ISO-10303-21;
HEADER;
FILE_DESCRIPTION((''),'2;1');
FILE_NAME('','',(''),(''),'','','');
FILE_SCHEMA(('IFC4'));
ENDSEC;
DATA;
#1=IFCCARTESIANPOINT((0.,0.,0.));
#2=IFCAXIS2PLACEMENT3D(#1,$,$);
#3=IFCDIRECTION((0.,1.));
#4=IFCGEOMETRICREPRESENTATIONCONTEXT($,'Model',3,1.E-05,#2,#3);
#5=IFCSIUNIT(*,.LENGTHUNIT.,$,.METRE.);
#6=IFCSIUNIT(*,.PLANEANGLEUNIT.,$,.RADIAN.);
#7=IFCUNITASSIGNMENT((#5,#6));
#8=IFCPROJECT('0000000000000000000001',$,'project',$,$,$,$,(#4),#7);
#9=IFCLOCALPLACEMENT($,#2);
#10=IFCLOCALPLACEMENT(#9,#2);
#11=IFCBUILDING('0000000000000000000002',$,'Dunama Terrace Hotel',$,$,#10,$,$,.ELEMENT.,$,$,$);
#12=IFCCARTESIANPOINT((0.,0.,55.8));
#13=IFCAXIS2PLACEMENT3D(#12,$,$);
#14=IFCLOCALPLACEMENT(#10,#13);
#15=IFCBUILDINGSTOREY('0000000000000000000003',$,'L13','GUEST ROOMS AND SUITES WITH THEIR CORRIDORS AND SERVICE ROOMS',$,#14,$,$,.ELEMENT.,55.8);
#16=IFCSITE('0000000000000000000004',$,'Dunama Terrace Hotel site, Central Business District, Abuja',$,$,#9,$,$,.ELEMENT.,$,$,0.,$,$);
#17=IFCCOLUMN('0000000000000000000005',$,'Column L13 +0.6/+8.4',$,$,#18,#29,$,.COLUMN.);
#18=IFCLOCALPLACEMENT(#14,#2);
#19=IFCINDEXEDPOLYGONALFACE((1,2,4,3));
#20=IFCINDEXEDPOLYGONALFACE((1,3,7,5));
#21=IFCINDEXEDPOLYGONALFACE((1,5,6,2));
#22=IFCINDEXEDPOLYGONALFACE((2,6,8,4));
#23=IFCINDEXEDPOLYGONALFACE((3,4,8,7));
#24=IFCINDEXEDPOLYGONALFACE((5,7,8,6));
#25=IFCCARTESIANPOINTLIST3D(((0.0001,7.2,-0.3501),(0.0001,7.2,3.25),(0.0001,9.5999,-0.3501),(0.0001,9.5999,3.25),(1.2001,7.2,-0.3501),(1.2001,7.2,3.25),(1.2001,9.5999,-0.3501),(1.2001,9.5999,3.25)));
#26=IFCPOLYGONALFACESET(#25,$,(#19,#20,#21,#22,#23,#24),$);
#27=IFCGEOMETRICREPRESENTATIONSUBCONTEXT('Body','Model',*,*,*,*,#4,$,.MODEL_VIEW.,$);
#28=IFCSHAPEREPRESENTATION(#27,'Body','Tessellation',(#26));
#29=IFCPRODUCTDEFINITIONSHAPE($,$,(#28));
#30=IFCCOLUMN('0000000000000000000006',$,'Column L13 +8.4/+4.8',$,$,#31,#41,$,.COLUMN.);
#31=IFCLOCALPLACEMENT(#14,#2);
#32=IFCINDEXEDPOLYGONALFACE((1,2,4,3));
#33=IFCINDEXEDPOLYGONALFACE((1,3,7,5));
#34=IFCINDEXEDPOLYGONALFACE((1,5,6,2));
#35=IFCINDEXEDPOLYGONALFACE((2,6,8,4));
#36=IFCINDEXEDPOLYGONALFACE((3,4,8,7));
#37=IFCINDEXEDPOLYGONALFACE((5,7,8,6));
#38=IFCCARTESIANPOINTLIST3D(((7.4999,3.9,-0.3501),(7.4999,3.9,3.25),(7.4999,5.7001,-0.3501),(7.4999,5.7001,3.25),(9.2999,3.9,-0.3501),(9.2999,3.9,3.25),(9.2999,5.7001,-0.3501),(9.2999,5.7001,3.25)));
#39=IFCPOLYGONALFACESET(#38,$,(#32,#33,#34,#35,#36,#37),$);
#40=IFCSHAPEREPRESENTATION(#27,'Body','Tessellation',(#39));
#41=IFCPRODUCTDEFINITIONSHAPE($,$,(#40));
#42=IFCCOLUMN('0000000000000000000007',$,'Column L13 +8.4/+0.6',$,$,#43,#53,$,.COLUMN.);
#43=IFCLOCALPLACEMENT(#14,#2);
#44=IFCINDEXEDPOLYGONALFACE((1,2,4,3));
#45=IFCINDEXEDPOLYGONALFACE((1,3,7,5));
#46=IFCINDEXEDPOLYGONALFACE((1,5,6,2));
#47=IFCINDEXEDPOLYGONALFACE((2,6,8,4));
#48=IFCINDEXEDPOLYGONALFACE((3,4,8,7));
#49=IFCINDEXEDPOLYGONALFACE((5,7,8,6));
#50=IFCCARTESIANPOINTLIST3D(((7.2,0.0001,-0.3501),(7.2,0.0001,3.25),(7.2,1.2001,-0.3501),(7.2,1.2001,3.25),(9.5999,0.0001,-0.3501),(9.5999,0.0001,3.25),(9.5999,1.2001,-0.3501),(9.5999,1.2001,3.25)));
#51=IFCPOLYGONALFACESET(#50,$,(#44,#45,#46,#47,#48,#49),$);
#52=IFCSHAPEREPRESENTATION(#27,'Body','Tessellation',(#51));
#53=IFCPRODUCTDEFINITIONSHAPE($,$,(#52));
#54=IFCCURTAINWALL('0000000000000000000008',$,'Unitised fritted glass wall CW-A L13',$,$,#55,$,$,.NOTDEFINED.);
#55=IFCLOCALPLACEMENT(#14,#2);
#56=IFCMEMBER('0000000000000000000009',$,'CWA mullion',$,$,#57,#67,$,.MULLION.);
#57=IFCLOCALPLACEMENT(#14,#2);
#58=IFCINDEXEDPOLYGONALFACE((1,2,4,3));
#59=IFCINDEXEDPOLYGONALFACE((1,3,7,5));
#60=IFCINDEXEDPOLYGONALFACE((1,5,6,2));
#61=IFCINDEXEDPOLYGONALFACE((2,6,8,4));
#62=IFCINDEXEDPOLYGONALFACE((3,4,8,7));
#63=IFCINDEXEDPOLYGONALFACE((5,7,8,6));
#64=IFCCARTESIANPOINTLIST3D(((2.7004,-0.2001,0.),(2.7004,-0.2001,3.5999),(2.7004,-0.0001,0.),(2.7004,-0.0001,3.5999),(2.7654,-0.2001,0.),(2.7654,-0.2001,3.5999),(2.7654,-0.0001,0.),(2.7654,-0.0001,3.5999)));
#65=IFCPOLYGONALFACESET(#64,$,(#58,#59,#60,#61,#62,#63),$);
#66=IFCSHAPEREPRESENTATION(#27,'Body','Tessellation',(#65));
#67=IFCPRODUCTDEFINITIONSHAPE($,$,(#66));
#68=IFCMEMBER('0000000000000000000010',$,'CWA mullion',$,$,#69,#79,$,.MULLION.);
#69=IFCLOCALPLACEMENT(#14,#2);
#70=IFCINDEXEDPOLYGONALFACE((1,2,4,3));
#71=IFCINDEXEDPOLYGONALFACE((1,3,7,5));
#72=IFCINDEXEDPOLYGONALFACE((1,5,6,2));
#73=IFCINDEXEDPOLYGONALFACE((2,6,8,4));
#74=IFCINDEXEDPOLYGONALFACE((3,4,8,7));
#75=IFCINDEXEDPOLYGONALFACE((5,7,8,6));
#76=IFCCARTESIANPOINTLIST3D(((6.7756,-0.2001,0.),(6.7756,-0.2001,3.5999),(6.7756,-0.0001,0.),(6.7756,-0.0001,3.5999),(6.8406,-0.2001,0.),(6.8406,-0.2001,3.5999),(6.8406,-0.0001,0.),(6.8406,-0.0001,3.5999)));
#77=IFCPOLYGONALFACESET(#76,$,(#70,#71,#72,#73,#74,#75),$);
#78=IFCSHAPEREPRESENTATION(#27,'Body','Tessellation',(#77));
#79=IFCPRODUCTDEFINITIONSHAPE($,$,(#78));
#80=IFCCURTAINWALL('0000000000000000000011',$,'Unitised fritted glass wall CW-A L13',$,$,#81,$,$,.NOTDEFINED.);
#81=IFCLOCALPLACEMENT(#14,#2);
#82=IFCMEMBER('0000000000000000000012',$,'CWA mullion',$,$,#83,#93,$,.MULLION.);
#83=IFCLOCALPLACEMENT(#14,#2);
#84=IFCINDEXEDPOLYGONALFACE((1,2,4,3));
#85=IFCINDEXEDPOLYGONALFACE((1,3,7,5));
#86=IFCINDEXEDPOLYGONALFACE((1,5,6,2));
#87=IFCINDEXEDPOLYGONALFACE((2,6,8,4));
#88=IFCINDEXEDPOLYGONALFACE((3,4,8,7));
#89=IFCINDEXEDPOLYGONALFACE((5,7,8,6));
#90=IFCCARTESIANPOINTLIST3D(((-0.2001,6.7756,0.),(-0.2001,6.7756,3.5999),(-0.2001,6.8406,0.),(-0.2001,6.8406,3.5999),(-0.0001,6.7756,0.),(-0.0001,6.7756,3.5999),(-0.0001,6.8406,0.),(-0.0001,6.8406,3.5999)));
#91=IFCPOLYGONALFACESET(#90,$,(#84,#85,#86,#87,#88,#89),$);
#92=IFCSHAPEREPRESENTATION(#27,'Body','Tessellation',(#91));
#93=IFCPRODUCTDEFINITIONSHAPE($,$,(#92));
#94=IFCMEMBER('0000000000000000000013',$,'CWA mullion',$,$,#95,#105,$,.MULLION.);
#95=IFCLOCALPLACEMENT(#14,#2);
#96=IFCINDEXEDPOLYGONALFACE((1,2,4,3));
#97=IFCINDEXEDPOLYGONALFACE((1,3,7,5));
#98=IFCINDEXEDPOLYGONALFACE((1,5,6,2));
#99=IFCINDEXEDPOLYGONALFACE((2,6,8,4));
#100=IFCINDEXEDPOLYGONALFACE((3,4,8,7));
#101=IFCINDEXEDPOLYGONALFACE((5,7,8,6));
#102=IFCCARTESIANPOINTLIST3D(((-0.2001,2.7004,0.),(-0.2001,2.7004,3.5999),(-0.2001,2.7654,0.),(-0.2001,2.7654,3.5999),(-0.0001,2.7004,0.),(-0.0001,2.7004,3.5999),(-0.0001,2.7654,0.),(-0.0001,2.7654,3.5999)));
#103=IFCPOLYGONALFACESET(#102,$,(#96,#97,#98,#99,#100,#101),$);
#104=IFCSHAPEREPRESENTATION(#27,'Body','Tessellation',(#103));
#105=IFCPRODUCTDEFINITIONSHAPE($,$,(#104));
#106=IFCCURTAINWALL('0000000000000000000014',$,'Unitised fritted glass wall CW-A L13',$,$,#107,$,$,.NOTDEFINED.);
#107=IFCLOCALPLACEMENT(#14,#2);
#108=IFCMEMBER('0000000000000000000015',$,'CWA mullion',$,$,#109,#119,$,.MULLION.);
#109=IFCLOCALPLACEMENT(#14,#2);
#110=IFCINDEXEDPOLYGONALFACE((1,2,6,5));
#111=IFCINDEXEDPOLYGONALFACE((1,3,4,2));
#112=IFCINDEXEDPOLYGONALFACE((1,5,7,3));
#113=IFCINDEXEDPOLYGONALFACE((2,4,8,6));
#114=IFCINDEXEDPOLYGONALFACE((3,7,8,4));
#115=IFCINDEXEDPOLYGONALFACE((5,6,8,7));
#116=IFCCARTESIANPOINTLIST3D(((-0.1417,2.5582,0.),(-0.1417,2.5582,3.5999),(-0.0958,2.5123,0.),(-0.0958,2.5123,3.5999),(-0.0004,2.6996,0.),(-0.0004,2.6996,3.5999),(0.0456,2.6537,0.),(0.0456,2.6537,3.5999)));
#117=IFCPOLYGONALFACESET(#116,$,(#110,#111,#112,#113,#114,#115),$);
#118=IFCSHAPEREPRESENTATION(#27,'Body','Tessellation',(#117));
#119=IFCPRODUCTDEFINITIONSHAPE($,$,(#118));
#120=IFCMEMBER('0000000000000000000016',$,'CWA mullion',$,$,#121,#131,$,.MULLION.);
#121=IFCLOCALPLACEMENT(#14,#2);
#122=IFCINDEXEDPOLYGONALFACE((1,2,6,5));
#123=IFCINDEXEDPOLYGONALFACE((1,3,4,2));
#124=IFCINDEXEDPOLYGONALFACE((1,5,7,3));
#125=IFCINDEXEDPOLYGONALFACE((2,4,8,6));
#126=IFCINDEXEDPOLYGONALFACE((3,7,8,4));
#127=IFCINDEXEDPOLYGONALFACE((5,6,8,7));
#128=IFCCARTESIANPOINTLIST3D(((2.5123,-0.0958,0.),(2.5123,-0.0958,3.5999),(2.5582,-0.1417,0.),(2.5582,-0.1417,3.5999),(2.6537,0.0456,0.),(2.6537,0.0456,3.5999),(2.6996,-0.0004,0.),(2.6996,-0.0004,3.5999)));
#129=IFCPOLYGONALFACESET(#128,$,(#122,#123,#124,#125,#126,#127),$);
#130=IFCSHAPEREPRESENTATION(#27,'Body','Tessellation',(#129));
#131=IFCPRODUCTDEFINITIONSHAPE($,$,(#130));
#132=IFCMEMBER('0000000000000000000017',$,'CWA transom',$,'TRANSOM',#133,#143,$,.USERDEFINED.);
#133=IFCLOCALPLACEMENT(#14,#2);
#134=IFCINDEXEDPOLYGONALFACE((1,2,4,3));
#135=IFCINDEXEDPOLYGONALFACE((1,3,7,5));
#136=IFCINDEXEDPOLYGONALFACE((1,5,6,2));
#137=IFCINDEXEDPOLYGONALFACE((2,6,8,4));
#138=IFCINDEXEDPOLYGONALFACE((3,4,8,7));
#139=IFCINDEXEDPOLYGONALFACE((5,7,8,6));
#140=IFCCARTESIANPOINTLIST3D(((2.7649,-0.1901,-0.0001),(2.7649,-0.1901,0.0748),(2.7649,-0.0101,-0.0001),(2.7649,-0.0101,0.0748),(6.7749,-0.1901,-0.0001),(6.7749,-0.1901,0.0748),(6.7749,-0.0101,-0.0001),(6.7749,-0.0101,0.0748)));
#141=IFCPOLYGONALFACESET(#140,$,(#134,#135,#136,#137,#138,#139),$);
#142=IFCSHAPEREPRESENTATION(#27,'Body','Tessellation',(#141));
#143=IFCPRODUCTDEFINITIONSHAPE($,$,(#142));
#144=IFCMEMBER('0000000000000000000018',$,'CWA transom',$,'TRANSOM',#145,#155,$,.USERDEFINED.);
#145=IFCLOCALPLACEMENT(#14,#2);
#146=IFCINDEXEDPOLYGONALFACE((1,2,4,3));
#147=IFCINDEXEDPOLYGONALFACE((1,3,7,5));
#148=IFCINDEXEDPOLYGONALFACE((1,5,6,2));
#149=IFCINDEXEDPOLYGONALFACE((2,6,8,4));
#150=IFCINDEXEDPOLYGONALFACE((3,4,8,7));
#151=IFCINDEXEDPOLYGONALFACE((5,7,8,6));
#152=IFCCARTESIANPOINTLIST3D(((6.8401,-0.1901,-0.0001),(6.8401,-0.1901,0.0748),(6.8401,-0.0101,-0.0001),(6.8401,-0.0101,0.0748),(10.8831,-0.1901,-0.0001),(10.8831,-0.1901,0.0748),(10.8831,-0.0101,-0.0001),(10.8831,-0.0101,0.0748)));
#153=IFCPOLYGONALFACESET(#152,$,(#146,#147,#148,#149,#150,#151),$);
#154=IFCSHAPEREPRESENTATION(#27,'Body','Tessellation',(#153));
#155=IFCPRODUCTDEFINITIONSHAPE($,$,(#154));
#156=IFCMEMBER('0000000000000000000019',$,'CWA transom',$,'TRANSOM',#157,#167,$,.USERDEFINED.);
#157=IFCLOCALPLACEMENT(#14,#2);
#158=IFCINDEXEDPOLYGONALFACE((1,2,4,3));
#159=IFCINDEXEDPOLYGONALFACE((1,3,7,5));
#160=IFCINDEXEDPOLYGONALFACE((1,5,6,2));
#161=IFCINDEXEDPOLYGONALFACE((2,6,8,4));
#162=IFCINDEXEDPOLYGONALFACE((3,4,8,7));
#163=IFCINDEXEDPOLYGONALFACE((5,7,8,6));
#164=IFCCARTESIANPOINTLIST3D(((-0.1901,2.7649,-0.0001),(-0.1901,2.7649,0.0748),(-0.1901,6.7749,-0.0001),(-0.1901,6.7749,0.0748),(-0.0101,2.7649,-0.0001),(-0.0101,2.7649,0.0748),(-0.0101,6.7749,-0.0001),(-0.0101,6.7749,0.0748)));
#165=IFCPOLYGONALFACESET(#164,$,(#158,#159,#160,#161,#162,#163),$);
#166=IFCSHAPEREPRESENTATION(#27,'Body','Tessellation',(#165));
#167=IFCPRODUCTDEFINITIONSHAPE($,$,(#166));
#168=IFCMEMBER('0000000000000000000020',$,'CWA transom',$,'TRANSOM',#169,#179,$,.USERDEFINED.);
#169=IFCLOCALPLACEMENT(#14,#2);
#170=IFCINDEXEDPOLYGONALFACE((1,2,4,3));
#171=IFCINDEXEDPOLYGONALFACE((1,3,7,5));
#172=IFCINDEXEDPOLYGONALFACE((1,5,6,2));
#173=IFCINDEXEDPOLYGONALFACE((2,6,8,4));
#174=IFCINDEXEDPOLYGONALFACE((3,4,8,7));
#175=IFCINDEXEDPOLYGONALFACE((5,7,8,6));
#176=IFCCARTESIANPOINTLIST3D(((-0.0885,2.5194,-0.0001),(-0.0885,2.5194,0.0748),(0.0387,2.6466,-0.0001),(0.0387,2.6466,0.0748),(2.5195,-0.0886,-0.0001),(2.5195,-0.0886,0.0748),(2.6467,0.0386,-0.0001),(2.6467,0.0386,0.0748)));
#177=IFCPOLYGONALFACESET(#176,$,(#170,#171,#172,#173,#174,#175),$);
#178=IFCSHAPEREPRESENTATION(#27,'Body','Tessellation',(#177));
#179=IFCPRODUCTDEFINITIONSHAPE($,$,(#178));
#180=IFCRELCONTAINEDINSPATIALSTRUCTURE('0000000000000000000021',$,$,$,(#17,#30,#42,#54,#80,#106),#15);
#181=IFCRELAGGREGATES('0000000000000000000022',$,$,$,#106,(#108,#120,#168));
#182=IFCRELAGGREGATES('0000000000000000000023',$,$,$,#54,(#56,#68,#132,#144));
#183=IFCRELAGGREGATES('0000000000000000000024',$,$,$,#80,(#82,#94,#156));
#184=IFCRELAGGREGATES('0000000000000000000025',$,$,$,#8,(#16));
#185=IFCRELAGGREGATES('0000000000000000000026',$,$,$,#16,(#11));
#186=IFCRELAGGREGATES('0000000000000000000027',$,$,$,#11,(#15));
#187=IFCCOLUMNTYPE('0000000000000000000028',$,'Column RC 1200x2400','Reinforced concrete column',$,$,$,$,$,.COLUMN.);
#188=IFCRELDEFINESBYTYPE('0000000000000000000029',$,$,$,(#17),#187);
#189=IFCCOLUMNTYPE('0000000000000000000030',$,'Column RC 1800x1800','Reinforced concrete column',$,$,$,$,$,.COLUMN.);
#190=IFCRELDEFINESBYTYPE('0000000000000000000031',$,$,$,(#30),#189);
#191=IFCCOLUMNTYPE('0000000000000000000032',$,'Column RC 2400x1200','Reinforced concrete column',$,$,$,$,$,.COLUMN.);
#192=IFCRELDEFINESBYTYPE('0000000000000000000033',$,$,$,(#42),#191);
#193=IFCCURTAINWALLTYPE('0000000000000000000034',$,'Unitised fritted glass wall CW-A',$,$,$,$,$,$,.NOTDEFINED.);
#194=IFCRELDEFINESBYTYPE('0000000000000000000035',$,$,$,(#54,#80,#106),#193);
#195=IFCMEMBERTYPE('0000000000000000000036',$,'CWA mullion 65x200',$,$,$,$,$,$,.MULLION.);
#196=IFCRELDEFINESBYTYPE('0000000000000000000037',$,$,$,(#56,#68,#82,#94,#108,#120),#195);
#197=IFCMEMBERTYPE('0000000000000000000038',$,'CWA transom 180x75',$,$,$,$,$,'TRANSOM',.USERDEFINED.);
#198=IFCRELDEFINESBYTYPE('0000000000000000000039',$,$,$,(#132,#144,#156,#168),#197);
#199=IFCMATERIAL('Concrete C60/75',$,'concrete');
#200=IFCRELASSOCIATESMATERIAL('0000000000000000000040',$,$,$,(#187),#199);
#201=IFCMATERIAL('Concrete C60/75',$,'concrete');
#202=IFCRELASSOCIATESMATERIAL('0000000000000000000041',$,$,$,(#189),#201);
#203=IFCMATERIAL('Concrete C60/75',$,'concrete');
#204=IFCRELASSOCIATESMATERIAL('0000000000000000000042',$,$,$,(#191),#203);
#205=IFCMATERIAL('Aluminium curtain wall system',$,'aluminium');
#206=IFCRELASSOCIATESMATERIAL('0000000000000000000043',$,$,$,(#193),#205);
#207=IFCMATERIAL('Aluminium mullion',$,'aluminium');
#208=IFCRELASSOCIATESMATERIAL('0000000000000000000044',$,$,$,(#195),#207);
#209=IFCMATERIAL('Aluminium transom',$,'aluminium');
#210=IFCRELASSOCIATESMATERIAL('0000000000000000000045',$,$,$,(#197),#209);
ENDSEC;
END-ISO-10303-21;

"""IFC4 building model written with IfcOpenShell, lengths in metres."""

from ifc_helpers import new_model, si_unit, direction, frame, origin, origin_2d, place, context, subcontext, project, spatial, rectangle, extrude, material, material_profile, profile_set, type_object, element, aggregate, save


model = new_model("IFC4")

# Units and contexts
model_context = context("Model", 3, precision=1e-05, world=origin(), true_north=direction((0.0, 1.0)))
body_context = subcontext(model_context, "Body", "Model", "MODEL_VIEW")
ifc_project = project(units=[si_unit("LENGTHUNIT", "METRE"), si_unit("PLANEANGLEUNIT", "RADIAN")], contexts=[model_context])

# Site, building, storey
site_placement = place(None, origin())
site = spatial("IfcSite", under=ifc_project, at=site_placement, Name="Dunama Terrace Hotel site, Central Business District, Abuja", CompositionType="ELEMENT", RefElevation=0.0)
building_placement = place(site_placement, origin())
building = spatial("IfcBuilding", under=site, at=building_placement, Name="Dunama Terrace Hotel", CompositionType="ELEMENT")
storey_placement = place(building_placement, frame((0.0, 0.0, 55.8)))
storey = spatial("IfcBuildingStorey", under=building, at=storey_placement, Name="L13", Description="GUEST ROOMS AND SUITES WITH THEIR CORRIDORS AND SERVICE ROOMS", CompositionType="ELEMENT", Elevation=55.8)

# Columns
ifc_material_1 = material(Name="Concrete C60/75", Category="concrete")
ifc_material_profile_1 = material_profile(ifc_material_1, rectangle(XDim=1.2, YDim=2.3999, at=origin_2d()), Name="RC 1200x2400")
ifc_profile_set_1 = profile_set([ifc_material_profile_1], Name="Concrete C60/75")
column_type_1 = type_object("IfcColumnType", Name="Column RC 1200x2400", Description="Reinforced concrete column", PredefinedType="COLUMN", material=ifc_profile_set_1)
column_1_placement = place(storey_placement, frame((0.6001, 8.3999, -0.3501), z_axis=(0.0, 0.0, 1.0), x_axis=(1.0, 0.0, 0.0)))
element("IfcColumn", 1, at=column_1_placement, inside=storey, type_object=column_type_1, Name="Column L13 +0.6/+8.4", PredefinedType="COLUMN", context=body_context, shape_type="SweptSolid", body=[
    extrude(rectangle(XDim=1.2, YDim=2.3999, at=origin_2d()), origin(), (0.0, 0.0, 1.0), 3.6001),
])
ifc_material_2 = material(Name="Concrete C60/75", Category="concrete")
ifc_material_profile_2 = material_profile(ifc_material_2, rectangle(XDim=1.8, YDim=1.8, at=origin_2d()), Name="RC 1800x1800")
ifc_profile_set_2 = profile_set([ifc_material_profile_2], Name="Concrete C60/75")
column_type_2 = type_object("IfcColumnType", Name="Column RC 1800x1800", Description="Reinforced concrete column", PredefinedType="COLUMN", material=ifc_profile_set_2)
column_2_placement = place(storey_placement, frame((8.3999, 4.8, -0.3501), z_axis=(0.0, 0.0, 1.0), x_axis=(1.0, 0.0, 0.0)))
element("IfcColumn", 2, at=column_2_placement, inside=storey, type_object=column_type_2, Name="Column L13 +8.4/+4.8", PredefinedType="COLUMN", context=body_context, shape_type="SweptSolid", body=[
    extrude(rectangle(XDim=1.8, YDim=1.8, at=origin_2d()), origin(), (0.0, 0.0, 1.0), 3.6001),
])
ifc_material_3 = material(Name="Concrete C60/75", Category="concrete")
ifc_material_profile_3 = material_profile(ifc_material_3, rectangle(XDim=2.3999, YDim=1.2, at=origin_2d()), Name="RC 2400x1200")
ifc_profile_set_3 = profile_set([ifc_material_profile_3], Name="Concrete C60/75")
column_type_3 = type_object("IfcColumnType", Name="Column RC 2400x1200", Description="Reinforced concrete column", PredefinedType="COLUMN", material=ifc_profile_set_3)
column_3_placement = place(storey_placement, frame((8.3999, 0.6001, -0.3501), z_axis=(0.0, 0.0, 1.0), x_axis=(1.0, 0.0, 0.0)))
element("IfcColumn", 3, at=column_3_placement, inside=storey, type_object=column_type_3, Name="Column L13 +8.4/+0.6", PredefinedType="COLUMN", context=body_context, shape_type="SweptSolid", body=[
    extrude(rectangle(XDim=2.3999, YDim=1.2, at=origin_2d()), origin(), (0.0, 0.0, 1.0), 3.6001),
])

# Curtain walls, members
ifc_material_4 = material(Name="Aluminium curtain wall system", Category="aluminium")
curtain_wall_type = type_object("IfcCurtainWallType", Name="Unitised fritted glass wall CW-A", PredefinedType="NOTDEFINED", material=ifc_material_4)
curtain_wall_1_placement = place(storey_placement, origin())
curtain_wall_1 = element("IfcCurtainWall", 4, at=curtain_wall_1_placement, inside=storey, type_object=curtain_wall_type, Name="Unitised fritted glass wall CW-A L13", PredefinedType="NOTDEFINED")
ifc_material_5 = material(Name="Aluminium mullion", Category="aluminium")
ifc_material_profile_4 = material_profile(ifc_material_5, rectangle(XDim=0.0649, YDim=0.2, at=origin_2d()), Name="CWA MULLION 65X200")
ifc_profile_set_4 = profile_set([ifc_material_profile_4], Name="Aluminium mullion")
member_type_1 = type_object("IfcMemberType", Name="CWA mullion 65x200", PredefinedType="MULLION", material=ifc_profile_set_4)
member_1_placement = place(storey_placement, frame((2.7329, -0.1001, 0.0), z_axis=(0.0, 0.0, 1.0), x_axis=(1.0, 0.0, 0.0)))
member_1 = element("IfcMember", 5, at=member_1_placement, type_object=member_type_1, Name="CWA mullion", PredefinedType="MULLION", context=body_context, shape_type="SweptSolid", body=[
    extrude(rectangle(XDim=0.0649, YDim=0.2, at=origin_2d()), origin(), (0.0, 0.0, 1.0), 3.5999),
])
member_2_placement = place(storey_placement, frame((6.8081, -0.1001, 0.0), z_axis=(0.0, 0.0, 1.0), x_axis=(1.0, 0.0, 0.0)))
member_2 = element("IfcMember", 6, at=member_2_placement, type_object=member_type_1, Name="CWA mullion", PredefinedType="MULLION", context=body_context, shape_type="SweptSolid", body=[
    extrude(rectangle(XDim=0.0649, YDim=0.2, at=origin_2d()), origin(), (0.0, 0.0, 1.0), 3.5999),
])
curtain_wall_2_placement = place(storey_placement, origin())
curtain_wall_2 = element("IfcCurtainWall", 7, at=curtain_wall_2_placement, inside=storey, type_object=curtain_wall_type, Name="Unitised fritted glass wall CW-A L13", PredefinedType="NOTDEFINED")
member_3_placement = place(storey_placement, frame((-0.1001, 6.8081, 0.0), z_axis=(0.0, 0.0, 1.0), x_axis=(0.0, -1.0, 0.0)))
member_3 = element("IfcMember", 8, at=member_3_placement, type_object=member_type_1, Name="CWA mullion", PredefinedType="MULLION", context=body_context, shape_type="SweptSolid", body=[
    extrude(rectangle(XDim=0.0649, YDim=0.2, at=origin_2d()), origin(), (0.0, 0.0, 1.0), 3.5999),
])
member_4_placement = place(storey_placement, frame((-0.1001, 2.7329, 0.0), z_axis=(0.0, 0.0, 1.0), x_axis=(0.0, -1.0, 0.0)))
member_4 = element("IfcMember", 9, at=member_4_placement, type_object=member_type_1, Name="CWA mullion", PredefinedType="MULLION", context=body_context, shape_type="SweptSolid", body=[
    extrude(rectangle(XDim=0.0649, YDim=0.2, at=origin_2d()), origin(), (0.0, 0.0, 1.0), 3.5999),
])
curtain_wall_3_placement = place(storey_placement, origin())
curtain_wall_3 = element("IfcCurtainWall", 10, at=curtain_wall_3_placement, inside=storey, type_object=curtain_wall_type, Name="Unitised fritted glass wall CW-A L13", PredefinedType="NOTDEFINED")
member_5_placement = place(storey_placement, frame((-0.0481, 2.606, 0.0), z_axis=(0.0, 0.0, 1.0), x_axis=(0.707107, -0.707107, 0.0)))
member_5 = element("IfcMember", 11, at=member_5_placement, type_object=member_type_1, Name="CWA mullion", PredefinedType="MULLION", context=body_context, shape_type="SweptSolid", body=[
    extrude(rectangle(XDim=0.0649, YDim=0.2, at=origin_2d()), origin(), (0.0, 0.0, 1.0), 3.5999),
])
member_6_placement = place(storey_placement, frame((2.606, -0.0481, 0.0), z_axis=(0.0, 0.0, 1.0), x_axis=(0.707107, -0.707107, 0.0)))
member_6 = element("IfcMember", 12, at=member_6_placement, type_object=member_type_1, Name="CWA mullion", PredefinedType="MULLION", context=body_context, shape_type="SweptSolid", body=[
    extrude(rectangle(XDim=0.0649, YDim=0.2, at=origin_2d()), origin(), (0.0, 0.0, 1.0), 3.5999),
])

# Members
ifc_material_6 = material(Name="Aluminium transom", Category="aluminium")
ifc_material_profile_5 = material_profile(ifc_material_6, rectangle(XDim=0.1799, YDim=0.075, at=origin_2d()), Name="CWA TRANSOM 180X75")
ifc_profile_set_5 = profile_set([ifc_material_profile_5], Name="Aluminium transom")
member_type_2 = type_object("IfcMemberType", Name="CWA transom 180x75", ElementType="TRANSOM", PredefinedType="USERDEFINED", material=ifc_profile_set_5)
member_7_placement = place(storey_placement, frame((2.7649, -0.1001, 0.0374), z_axis=(1.0, 0.0, 0.0), x_axis=(0.0, 1.0, 0.0)))
member_7 = element("IfcMember", 13, at=member_7_placement, type_object=member_type_2, Name="CWA transom", ObjectType="TRANSOM", PredefinedType="USERDEFINED", context=body_context, shape_type="SweptSolid", body=[
    extrude(rectangle(XDim=0.1799, YDim=0.075, at=origin_2d()), origin(), (0.0, 0.0, 1.0), 4.01),
])
member_8_placement = place(storey_placement, frame((6.8401, -0.1001, 0.0374), z_axis=(1.0, 0.0, 0.0), x_axis=(0.0, 1.0, 0.0)))
member_8 = element("IfcMember", 14, at=member_8_placement, type_object=member_type_2, Name="CWA transom", ObjectType="TRANSOM", PredefinedType="USERDEFINED", context=body_context, shape_type="SweptSolid", body=[
    extrude(rectangle(XDim=0.1799, YDim=0.075, at=origin_2d()), origin(), (0.0, 0.0, 1.0), 4.043),
])
member_9_placement = place(storey_placement, frame((-0.1001, 6.7749, 0.0374), z_axis=(0.0, -1.0, 0.0), x_axis=(1.0, 0.0, 0.0)))
member_9 = element("IfcMember", 15, at=member_9_placement, type_object=member_type_2, Name="CWA transom", ObjectType="TRANSOM", PredefinedType="USERDEFINED", context=body_context, shape_type="SweptSolid", body=[
    extrude(rectangle(XDim=0.1799, YDim=0.075, at=origin_2d()), origin(), (0.0, 0.0, 1.0), 4.01),
])
member_10_placement = place(storey_placement, frame((-0.0249, 2.583, 0.0374), z_axis=(0.707107, -0.707107, 0.0), x_axis=(0.707107, 0.707107, 0.0)))
member_10 = element("IfcMember", 16, at=member_10_placement, type_object=member_type_2, Name="CWA transom", ObjectType="TRANSOM", PredefinedType="USERDEFINED", context=body_context, shape_type="SweptSolid", body=[
    extrude(rectangle(XDim=0.1799, YDim=0.075, at=origin_2d()), origin(), (0.0, 0.0, 1.0), 3.6882),
])

aggregate(curtain_wall_3, [member_5, member_6, member_10])
aggregate(curtain_wall_1, [member_1, member_2, member_7, member_8])
aggregate(curtain_wall_2, [member_3, member_4, member_9])

save(model, "model.ifc")
